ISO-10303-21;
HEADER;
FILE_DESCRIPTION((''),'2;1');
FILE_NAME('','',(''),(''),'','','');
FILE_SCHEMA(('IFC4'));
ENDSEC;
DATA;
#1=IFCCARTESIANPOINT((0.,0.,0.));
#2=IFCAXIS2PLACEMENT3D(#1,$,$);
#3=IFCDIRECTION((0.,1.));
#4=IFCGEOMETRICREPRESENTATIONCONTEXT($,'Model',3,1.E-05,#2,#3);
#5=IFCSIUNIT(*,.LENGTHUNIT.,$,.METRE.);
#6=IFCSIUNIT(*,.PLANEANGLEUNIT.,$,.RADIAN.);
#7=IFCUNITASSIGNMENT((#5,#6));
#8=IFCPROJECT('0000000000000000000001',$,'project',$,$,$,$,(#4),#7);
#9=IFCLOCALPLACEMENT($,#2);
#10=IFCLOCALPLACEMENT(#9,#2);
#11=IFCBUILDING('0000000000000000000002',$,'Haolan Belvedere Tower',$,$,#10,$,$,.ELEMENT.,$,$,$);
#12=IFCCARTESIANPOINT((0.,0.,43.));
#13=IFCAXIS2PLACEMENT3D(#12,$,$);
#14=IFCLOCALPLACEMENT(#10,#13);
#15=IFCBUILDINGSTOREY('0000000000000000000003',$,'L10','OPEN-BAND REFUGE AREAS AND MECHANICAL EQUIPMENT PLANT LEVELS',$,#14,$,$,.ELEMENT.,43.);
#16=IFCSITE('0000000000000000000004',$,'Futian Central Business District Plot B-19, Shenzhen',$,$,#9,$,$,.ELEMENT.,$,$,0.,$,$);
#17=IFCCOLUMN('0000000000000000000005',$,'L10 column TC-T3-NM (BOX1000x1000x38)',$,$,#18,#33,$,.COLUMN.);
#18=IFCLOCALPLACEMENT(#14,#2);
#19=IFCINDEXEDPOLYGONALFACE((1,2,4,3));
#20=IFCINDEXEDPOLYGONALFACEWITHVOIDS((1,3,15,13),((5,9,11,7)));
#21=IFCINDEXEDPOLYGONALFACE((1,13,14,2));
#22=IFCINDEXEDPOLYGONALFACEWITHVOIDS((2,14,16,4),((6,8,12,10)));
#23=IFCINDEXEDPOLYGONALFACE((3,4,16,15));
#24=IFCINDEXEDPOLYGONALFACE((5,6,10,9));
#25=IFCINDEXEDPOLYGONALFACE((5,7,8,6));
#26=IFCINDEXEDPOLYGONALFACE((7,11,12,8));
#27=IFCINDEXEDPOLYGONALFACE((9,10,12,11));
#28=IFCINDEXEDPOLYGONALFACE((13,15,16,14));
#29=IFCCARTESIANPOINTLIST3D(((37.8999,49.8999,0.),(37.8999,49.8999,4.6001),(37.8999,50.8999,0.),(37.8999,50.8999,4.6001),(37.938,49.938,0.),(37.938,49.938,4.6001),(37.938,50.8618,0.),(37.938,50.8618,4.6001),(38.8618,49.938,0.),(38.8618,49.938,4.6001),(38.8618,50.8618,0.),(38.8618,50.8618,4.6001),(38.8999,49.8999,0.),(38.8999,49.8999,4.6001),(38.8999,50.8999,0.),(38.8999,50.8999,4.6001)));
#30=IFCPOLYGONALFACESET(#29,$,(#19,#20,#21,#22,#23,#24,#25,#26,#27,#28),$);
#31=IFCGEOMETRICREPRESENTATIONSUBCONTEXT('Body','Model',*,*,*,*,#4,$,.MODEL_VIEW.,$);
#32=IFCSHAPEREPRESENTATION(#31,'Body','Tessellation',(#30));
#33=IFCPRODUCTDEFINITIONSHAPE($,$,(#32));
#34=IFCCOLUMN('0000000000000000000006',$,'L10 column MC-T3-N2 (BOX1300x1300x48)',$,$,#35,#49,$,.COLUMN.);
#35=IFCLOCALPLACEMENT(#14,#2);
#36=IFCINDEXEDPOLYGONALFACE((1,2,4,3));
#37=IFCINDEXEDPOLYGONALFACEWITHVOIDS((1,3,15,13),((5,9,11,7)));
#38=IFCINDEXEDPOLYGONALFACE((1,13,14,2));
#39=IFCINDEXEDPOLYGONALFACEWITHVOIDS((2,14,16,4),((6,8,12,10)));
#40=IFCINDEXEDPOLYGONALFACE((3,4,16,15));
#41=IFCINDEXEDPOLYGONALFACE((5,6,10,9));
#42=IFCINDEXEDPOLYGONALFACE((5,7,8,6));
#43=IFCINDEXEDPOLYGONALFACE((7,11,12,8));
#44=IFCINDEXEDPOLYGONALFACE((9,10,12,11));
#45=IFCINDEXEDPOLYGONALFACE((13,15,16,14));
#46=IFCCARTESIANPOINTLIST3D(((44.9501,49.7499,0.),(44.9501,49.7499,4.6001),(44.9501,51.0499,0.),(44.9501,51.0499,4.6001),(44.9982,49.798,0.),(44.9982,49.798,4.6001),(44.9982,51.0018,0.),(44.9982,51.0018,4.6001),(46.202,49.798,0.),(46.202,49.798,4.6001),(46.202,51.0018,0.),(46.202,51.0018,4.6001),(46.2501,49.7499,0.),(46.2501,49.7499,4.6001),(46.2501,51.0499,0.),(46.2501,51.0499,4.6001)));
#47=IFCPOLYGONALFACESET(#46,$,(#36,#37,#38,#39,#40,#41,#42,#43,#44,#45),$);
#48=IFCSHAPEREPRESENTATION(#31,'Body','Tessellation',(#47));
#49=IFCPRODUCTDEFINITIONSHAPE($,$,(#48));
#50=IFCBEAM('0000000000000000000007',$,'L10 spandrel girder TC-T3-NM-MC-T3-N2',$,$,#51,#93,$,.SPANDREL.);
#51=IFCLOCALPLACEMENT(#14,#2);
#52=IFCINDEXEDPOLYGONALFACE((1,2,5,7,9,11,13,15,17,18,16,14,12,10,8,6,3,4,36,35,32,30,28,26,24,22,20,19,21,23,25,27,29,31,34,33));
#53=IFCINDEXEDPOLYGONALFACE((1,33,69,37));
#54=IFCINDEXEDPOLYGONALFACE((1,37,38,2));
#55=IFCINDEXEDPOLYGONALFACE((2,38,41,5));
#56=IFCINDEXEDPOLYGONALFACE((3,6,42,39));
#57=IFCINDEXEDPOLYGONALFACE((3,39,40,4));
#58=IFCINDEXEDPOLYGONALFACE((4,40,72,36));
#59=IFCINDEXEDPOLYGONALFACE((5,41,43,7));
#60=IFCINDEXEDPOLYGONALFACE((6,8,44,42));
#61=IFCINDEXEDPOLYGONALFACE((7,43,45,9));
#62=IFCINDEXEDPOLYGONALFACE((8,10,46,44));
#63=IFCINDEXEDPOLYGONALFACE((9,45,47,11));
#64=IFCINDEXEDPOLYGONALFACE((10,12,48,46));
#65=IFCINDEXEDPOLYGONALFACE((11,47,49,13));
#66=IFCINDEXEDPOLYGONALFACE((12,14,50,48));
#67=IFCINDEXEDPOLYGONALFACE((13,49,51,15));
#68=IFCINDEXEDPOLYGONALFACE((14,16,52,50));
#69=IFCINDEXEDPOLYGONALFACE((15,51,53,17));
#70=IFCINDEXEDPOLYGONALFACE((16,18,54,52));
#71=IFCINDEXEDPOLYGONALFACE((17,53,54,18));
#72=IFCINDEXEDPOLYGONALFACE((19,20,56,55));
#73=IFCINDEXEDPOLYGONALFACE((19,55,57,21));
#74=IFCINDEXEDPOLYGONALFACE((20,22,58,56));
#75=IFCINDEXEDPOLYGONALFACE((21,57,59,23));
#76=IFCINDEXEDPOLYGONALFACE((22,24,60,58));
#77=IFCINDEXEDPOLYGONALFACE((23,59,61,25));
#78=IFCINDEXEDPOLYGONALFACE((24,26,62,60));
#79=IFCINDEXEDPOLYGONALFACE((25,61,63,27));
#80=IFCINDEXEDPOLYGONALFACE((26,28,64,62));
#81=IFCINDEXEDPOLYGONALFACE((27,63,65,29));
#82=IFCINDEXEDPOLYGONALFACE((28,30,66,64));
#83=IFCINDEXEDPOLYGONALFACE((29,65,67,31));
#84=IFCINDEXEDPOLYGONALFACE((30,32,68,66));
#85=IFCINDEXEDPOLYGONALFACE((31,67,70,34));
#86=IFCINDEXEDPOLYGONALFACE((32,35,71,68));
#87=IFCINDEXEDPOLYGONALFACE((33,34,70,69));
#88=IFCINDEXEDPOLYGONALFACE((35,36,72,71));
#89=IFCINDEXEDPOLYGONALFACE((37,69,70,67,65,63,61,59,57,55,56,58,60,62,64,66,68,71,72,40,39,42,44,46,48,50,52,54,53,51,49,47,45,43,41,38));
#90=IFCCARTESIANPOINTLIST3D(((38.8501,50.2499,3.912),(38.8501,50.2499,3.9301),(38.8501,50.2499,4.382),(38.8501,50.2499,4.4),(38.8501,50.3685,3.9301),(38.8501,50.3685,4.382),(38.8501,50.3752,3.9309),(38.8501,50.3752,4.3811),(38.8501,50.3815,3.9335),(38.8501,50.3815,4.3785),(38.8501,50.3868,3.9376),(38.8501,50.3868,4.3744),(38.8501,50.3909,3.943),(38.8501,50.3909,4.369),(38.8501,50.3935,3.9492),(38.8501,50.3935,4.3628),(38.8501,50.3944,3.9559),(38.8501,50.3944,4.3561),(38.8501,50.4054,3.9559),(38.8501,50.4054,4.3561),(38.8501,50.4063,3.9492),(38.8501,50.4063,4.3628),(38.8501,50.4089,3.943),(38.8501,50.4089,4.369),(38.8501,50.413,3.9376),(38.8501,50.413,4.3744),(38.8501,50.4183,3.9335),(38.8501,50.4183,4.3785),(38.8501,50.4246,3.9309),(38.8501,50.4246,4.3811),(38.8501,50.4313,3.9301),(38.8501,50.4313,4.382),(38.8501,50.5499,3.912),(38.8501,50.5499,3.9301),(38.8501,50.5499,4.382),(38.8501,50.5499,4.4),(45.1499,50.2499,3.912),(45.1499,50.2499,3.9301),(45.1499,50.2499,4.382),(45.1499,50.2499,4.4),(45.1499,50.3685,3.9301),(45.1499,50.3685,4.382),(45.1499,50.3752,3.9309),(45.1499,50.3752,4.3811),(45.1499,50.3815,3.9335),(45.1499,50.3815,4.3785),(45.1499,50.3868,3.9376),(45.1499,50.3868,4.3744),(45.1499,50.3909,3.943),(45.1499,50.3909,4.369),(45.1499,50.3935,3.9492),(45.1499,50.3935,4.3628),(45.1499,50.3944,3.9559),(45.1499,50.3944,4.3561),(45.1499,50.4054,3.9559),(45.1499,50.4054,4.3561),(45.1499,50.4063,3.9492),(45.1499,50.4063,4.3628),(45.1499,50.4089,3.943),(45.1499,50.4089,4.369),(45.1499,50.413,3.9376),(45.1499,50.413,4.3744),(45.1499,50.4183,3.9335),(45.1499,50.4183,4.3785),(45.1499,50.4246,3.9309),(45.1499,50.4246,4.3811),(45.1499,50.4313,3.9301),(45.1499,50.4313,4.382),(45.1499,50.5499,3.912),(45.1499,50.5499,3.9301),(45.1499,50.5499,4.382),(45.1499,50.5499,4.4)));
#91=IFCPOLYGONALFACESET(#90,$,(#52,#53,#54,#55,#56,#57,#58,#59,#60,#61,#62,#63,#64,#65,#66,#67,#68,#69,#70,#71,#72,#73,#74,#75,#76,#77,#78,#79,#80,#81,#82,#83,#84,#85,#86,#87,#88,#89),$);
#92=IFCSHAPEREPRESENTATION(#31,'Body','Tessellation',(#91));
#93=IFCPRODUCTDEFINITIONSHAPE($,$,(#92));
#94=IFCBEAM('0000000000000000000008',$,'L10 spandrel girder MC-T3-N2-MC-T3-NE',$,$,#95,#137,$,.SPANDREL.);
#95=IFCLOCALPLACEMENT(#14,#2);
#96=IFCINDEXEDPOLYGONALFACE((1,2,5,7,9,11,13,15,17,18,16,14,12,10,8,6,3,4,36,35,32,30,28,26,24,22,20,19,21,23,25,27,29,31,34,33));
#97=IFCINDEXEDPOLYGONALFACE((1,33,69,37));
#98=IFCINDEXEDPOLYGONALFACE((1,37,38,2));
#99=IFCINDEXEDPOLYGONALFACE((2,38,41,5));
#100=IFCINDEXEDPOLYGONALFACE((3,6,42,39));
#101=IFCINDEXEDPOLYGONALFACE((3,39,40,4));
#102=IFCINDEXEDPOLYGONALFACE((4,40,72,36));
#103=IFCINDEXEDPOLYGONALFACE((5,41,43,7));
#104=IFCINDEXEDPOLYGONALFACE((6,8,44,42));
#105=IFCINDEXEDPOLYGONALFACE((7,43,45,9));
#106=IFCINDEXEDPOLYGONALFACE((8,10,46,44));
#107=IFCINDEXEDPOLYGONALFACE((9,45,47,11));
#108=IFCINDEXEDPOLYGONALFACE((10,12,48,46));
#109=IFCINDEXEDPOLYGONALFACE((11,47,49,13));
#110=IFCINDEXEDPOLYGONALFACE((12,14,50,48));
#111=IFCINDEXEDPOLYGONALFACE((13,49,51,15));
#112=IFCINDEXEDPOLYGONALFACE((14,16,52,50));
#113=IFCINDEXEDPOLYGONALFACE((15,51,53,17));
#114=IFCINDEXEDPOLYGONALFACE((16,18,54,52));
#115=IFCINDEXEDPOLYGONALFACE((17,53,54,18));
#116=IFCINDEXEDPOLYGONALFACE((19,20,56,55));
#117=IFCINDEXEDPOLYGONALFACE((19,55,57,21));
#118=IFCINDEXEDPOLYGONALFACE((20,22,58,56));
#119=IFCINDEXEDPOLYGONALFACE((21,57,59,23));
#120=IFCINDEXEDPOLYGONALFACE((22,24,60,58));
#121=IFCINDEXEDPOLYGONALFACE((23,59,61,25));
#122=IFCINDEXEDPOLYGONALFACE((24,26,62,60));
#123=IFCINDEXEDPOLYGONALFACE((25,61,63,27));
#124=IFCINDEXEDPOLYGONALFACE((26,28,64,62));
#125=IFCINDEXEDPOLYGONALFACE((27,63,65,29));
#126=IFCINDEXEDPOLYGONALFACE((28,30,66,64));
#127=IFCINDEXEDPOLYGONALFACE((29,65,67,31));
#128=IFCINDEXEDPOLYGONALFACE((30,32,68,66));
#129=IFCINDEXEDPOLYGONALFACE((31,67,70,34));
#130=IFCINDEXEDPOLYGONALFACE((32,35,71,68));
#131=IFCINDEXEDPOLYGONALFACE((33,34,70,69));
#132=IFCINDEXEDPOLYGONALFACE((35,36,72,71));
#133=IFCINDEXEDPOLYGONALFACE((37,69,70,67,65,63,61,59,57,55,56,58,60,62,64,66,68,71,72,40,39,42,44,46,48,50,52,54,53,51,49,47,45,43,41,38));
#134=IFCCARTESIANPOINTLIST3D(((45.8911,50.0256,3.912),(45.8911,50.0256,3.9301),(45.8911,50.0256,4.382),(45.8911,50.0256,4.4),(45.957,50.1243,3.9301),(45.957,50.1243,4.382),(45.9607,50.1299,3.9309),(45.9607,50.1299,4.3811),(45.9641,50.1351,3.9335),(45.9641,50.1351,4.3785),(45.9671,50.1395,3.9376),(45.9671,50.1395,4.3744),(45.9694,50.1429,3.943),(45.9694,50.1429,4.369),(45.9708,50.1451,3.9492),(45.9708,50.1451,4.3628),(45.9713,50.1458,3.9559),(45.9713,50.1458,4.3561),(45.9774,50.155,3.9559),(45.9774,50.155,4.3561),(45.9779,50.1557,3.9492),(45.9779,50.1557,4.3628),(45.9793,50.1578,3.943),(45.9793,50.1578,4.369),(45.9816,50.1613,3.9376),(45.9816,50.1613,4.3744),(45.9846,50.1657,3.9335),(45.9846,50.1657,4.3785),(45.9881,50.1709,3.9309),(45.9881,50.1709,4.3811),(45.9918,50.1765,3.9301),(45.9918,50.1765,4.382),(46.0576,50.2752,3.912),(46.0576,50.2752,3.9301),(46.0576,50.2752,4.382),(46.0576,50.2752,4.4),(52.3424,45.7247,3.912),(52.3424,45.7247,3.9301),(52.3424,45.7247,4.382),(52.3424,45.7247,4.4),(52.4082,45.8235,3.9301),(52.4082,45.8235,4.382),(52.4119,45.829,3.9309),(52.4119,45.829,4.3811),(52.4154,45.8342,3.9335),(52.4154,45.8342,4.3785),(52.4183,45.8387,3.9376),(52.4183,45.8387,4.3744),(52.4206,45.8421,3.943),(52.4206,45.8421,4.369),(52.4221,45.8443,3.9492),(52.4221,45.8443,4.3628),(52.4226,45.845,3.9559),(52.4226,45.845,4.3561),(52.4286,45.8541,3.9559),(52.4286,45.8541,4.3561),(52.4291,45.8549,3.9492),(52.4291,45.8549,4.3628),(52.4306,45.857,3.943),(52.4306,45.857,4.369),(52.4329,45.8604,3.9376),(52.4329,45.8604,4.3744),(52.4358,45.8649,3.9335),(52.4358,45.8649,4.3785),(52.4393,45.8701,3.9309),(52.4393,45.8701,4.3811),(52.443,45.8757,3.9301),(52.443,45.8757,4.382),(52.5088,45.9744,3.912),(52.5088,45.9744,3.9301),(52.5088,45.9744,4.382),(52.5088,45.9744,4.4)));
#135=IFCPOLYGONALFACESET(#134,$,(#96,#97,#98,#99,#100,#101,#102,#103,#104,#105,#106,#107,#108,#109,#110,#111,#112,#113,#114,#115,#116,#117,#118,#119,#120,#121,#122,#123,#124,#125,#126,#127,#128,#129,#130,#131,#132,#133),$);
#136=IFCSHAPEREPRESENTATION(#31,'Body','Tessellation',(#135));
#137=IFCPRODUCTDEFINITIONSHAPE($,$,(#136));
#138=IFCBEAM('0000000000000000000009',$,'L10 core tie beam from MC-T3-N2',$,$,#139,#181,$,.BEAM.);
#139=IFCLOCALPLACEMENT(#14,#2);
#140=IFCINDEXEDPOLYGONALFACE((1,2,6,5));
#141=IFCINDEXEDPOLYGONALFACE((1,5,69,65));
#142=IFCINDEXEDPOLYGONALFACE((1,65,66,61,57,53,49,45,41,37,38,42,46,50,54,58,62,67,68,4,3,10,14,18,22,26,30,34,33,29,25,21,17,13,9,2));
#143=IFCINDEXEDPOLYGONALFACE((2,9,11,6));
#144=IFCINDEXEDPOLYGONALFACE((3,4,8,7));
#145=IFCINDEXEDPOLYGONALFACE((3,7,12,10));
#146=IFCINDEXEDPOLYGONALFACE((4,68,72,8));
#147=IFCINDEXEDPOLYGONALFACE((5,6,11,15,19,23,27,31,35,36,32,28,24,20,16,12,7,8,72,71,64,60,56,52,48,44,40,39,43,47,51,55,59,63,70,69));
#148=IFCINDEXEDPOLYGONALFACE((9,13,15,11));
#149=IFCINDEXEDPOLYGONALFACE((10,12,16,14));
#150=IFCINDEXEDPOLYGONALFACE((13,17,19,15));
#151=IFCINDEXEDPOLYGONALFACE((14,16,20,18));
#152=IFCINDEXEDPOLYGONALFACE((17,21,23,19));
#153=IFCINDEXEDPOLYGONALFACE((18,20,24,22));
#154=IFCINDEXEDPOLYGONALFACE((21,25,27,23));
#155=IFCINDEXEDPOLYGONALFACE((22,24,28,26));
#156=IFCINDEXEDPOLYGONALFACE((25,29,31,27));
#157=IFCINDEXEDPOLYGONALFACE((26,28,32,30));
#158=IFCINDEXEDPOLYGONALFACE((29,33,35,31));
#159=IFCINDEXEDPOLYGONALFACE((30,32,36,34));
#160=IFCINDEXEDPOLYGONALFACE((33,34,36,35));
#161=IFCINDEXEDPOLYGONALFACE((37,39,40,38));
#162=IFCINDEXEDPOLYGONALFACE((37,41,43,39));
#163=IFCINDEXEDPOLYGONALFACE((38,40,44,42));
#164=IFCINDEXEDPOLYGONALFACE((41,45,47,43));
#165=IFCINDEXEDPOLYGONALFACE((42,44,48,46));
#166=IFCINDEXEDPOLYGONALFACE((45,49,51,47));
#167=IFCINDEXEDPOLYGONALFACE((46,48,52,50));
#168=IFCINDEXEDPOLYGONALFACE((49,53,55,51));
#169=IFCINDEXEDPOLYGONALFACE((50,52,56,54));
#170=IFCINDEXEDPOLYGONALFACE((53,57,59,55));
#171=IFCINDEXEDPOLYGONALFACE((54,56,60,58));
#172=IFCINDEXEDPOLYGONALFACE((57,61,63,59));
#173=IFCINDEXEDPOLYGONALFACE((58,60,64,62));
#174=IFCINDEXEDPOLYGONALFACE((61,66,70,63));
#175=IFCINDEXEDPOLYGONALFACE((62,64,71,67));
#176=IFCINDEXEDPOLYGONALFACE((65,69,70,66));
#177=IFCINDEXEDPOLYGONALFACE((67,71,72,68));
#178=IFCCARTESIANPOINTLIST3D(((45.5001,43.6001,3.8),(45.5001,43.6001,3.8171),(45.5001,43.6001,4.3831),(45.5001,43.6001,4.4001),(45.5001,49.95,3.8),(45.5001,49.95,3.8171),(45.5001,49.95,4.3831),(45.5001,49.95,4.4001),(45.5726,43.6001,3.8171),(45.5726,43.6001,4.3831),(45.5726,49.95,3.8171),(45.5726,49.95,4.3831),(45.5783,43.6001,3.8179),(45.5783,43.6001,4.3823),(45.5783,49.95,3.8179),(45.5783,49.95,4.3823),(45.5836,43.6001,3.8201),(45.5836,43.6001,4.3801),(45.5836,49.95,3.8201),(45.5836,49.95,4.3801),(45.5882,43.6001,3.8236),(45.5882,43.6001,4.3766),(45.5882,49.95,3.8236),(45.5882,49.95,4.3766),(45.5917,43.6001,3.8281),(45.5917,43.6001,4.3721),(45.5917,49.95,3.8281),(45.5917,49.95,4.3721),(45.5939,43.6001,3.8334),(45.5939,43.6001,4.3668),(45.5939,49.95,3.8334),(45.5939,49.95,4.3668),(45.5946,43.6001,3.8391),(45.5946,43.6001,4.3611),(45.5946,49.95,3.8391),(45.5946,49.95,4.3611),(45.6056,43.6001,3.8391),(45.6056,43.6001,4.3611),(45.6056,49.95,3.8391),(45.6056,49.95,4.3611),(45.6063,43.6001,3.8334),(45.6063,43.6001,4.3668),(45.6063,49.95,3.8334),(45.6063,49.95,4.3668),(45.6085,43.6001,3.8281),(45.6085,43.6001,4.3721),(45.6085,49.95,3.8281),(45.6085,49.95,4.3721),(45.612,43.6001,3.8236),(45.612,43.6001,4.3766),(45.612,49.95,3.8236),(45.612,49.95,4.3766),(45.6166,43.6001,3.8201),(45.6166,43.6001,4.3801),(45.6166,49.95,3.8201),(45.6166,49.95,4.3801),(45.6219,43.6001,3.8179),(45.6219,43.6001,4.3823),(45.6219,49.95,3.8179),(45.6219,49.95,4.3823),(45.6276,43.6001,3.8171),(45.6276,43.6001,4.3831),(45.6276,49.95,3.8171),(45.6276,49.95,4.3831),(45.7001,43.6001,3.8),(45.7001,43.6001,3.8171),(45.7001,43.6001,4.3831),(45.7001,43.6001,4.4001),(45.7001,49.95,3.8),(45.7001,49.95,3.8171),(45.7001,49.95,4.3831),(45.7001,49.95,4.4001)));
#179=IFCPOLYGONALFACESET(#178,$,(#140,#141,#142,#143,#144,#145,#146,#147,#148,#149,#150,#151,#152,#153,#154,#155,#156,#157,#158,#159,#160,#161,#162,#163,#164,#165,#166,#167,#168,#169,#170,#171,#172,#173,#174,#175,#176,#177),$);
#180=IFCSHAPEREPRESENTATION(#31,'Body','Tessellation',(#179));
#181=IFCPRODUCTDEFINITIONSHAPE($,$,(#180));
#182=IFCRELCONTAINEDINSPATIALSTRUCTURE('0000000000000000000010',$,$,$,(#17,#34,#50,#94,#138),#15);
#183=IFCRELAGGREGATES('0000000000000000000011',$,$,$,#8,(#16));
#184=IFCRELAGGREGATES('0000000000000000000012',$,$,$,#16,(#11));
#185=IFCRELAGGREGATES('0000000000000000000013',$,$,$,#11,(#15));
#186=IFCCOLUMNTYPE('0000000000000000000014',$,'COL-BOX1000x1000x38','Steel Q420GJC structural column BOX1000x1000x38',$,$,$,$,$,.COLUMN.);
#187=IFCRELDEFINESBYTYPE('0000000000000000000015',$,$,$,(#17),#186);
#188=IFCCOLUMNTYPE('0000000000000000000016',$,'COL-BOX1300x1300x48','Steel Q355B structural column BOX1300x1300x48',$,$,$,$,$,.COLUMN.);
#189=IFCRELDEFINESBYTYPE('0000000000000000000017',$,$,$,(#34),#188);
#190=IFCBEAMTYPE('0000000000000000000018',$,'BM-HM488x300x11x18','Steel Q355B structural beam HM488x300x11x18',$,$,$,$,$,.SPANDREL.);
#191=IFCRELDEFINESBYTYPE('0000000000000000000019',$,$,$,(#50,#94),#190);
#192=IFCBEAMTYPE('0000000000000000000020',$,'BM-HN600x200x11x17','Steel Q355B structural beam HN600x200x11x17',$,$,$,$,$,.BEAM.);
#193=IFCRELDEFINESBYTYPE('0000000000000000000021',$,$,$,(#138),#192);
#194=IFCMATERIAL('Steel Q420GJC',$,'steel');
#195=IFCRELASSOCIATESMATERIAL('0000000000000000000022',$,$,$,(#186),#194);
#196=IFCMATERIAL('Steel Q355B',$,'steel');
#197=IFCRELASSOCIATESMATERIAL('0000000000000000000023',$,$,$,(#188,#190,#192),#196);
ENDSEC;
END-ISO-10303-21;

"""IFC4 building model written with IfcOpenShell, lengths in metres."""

from ifc_helpers import new_model, si_unit, direction, frame, origin, origin_2d, place, context, subcontext, project, spatial, hollow_rectangle, i_section, extrude, material, material_profile, profile_set, type_object, element, save


model = new_model("IFC4")

# Units and contexts
model_context = context("Model", 3, precision=1e-05, world=origin(), true_north=direction((0.0, 1.0)))
body_context = subcontext(model_context, "Body", "Model", "MODEL_VIEW")
ifc_project = project(units=[si_unit("LENGTHUNIT", "METRE"), si_unit("PLANEANGLEUNIT", "RADIAN")], contexts=[model_context])

# Site, building, storey
site_placement = place(None, origin())
site = spatial("IfcSite", under=ifc_project, at=site_placement, Name="Futian Central Business District Plot B-19, Shenzhen", CompositionType="ELEMENT", RefElevation=0.0)
building_placement = place(site_placement, origin())
building = spatial("IfcBuilding", under=site, at=building_placement, Name="Haolan Belvedere Tower", CompositionType="ELEMENT")
storey_placement = place(building_placement, frame((0.0, 0.0, 43.0)))
storey = spatial("IfcBuildingStorey", under=building, at=storey_placement, Name="L10", Description="OPEN-BAND REFUGE AREAS AND MECHANICAL EQUIPMENT PLANT LEVELS", CompositionType="ELEMENT", Elevation=43.0)

# Columns
ifc_material_1 = material(Name="Steel Q420GJC", Category="steel")
ifc_material_profile_1 = material_profile(ifc_material_1, hollow_rectangle(XDim=1.0, YDim=1.0, WallThickness=0.0381, at=origin_2d()), Name="Steel Q420GJC")
ifc_profile_set_1 = profile_set([ifc_material_profile_1], Name="Steel Q420GJC")
column_type_1 = type_object("IfcColumnType", Name="COL-BOX1000x1000x38", Description="Steel Q420GJC structural column BOX1000x1000x38", PredefinedType="COLUMN", material=ifc_profile_set_1)
column_1_placement = place(storey_placement, frame((38.3999, 50.3999, 0.0), z_axis=(0.0, 0.0, 1.0), x_axis=(1.0, 0.0, 0.0)))
element("IfcColumn", 1, at=column_1_placement, inside=storey, type_object=column_type_1, Name="L10 column TC-T3-NM (BOX1000x1000x38)", PredefinedType="COLUMN", context=body_context, shape_type="SweptSolid", body=[
    extrude(hollow_rectangle(XDim=1.0, YDim=1.0, WallThickness=0.0381, at=origin_2d()), origin(), (0.0, 0.0, 1.0), 4.6001),
])
ifc_material_2 = material(Name="Steel Q355B", Category="steel")
ifc_material_profile_2 = material_profile(ifc_material_2, hollow_rectangle(XDim=1.3, YDim=1.3, WallThickness=0.0481, at=origin_2d()), Name="Steel Q355B")
ifc_profile_set_2 = profile_set([ifc_material_profile_2], Name="Steel Q355B")
column_type_2 = type_object("IfcColumnType", Name="COL-BOX1300x1300x48", Description="Steel Q355B structural column BOX1300x1300x48", PredefinedType="COLUMN", material=ifc_profile_set_2)
column_2_placement = place(storey_placement, frame((45.6001, 50.3999, 0.0), z_axis=(0.0, 0.0, 1.0), x_axis=(1.0, 0.0, 0.0)))
element("IfcColumn", 2, at=column_2_placement, inside=storey, type_object=column_type_2, Name="L10 column MC-T3-N2 (BOX1300x1300x48)", PredefinedType="COLUMN", context=body_context, shape_type="SweptSolid", body=[
    extrude(hollow_rectangle(XDim=1.3, YDim=1.3, WallThickness=0.0481, at=origin_2d()), origin(), (0.0, 0.0, 1.0), 4.6001),
])

# Beams
ifc_material_profile_3 = material_profile(ifc_material_2, i_section(OverallWidth=0.3, OverallDepth=0.488, WebThickness=0.011, FlangeThickness=0.0181, FilletRadius=0.0259, at=origin_2d()), Name="Steel Q355B")
ifc_profile_set_3 = profile_set([ifc_material_profile_3], Name="Steel Q355B")
beam_type_1 = type_object("IfcBeamType", Name="BM-HM488x300x11x18", Description="Steel Q355B structural beam HM488x300x11x18", PredefinedType="SPANDREL", material=ifc_profile_set_3)
beam_1_placement = place(storey_placement, frame((38.8501, 50.3999, 4.156), z_axis=(1.0, 0.0, 0.0), x_axis=(0.0, 1.0, 0.0)))
element("IfcBeam", 3, at=beam_1_placement, inside=storey, type_object=beam_type_1, Name="L10 spandrel girder TC-T3-NM-MC-T3-N2", PredefinedType="SPANDREL", context=body_context, shape_type="SweptSolid", body=[
    extrude(i_section(OverallWidth=0.3, OverallDepth=0.488, WebThickness=0.011, FlangeThickness=0.0181, FilletRadius=0.0259, at=origin_2d()), origin(), (0.0, 0.0, 1.0), 6.2998),
])
beam_2_placement = place(storey_placement, frame((45.9744, 50.1504, 4.156), z_axis=(0.83205, -0.5547, 0.0), x_axis=(0.5547, 0.83205, 0.0)))
element("IfcBeam", 4, at=beam_2_placement, inside=storey, type_object=beam_type_1, Name="L10 spandrel girder MC-T3-N2-MC-T3-NE", PredefinedType="SPANDREL", context=body_context, shape_type="SweptSolid", body=[
    extrude(i_section(OverallWidth=0.3, OverallDepth=0.488, WebThickness=0.011, FlangeThickness=0.0181, FilletRadius=0.0259, at=origin_2d()), origin(), (0.0, 0.0, 1.0), 7.7534),
])
ifc_material_profile_4 = material_profile(ifc_material_2, i_section(OverallWidth=0.2, OverallDepth=0.6001, WebThickness=0.011, FlangeThickness=0.0171, FilletRadius=0.022, at=origin_2d()), Name="Steel Q355B")
ifc_profile_set_4 = profile_set([ifc_material_profile_4], Name="Steel Q355B")
beam_type_2 = type_object("IfcBeamType", Name="BM-HN600x200x11x17", Description="Steel Q355B structural beam HN600x200x11x17", PredefinedType="BEAM", material=ifc_profile_set_4)
beam_3_placement = place(storey_placement, frame((45.6001, 49.95, 4.1001), z_axis=(0.0, -1.0, 0.0), x_axis=(1.0, 0.0, 0.0)))
element("IfcBeam", 5, at=beam_3_placement, inside=storey, type_object=beam_type_2, Name="L10 core tie beam from MC-T3-N2", PredefinedType="BEAM", context=body_context, shape_type="SweptSolid", body=[
    extrude(i_section(OverallWidth=0.2, OverallDepth=0.6001, WebThickness=0.011, FlangeThickness=0.0171, FilletRadius=0.022, at=origin_2d()), origin(), (0.0, 0.0, 1.0), 6.3499),
])

save(model, "model.ifc")
